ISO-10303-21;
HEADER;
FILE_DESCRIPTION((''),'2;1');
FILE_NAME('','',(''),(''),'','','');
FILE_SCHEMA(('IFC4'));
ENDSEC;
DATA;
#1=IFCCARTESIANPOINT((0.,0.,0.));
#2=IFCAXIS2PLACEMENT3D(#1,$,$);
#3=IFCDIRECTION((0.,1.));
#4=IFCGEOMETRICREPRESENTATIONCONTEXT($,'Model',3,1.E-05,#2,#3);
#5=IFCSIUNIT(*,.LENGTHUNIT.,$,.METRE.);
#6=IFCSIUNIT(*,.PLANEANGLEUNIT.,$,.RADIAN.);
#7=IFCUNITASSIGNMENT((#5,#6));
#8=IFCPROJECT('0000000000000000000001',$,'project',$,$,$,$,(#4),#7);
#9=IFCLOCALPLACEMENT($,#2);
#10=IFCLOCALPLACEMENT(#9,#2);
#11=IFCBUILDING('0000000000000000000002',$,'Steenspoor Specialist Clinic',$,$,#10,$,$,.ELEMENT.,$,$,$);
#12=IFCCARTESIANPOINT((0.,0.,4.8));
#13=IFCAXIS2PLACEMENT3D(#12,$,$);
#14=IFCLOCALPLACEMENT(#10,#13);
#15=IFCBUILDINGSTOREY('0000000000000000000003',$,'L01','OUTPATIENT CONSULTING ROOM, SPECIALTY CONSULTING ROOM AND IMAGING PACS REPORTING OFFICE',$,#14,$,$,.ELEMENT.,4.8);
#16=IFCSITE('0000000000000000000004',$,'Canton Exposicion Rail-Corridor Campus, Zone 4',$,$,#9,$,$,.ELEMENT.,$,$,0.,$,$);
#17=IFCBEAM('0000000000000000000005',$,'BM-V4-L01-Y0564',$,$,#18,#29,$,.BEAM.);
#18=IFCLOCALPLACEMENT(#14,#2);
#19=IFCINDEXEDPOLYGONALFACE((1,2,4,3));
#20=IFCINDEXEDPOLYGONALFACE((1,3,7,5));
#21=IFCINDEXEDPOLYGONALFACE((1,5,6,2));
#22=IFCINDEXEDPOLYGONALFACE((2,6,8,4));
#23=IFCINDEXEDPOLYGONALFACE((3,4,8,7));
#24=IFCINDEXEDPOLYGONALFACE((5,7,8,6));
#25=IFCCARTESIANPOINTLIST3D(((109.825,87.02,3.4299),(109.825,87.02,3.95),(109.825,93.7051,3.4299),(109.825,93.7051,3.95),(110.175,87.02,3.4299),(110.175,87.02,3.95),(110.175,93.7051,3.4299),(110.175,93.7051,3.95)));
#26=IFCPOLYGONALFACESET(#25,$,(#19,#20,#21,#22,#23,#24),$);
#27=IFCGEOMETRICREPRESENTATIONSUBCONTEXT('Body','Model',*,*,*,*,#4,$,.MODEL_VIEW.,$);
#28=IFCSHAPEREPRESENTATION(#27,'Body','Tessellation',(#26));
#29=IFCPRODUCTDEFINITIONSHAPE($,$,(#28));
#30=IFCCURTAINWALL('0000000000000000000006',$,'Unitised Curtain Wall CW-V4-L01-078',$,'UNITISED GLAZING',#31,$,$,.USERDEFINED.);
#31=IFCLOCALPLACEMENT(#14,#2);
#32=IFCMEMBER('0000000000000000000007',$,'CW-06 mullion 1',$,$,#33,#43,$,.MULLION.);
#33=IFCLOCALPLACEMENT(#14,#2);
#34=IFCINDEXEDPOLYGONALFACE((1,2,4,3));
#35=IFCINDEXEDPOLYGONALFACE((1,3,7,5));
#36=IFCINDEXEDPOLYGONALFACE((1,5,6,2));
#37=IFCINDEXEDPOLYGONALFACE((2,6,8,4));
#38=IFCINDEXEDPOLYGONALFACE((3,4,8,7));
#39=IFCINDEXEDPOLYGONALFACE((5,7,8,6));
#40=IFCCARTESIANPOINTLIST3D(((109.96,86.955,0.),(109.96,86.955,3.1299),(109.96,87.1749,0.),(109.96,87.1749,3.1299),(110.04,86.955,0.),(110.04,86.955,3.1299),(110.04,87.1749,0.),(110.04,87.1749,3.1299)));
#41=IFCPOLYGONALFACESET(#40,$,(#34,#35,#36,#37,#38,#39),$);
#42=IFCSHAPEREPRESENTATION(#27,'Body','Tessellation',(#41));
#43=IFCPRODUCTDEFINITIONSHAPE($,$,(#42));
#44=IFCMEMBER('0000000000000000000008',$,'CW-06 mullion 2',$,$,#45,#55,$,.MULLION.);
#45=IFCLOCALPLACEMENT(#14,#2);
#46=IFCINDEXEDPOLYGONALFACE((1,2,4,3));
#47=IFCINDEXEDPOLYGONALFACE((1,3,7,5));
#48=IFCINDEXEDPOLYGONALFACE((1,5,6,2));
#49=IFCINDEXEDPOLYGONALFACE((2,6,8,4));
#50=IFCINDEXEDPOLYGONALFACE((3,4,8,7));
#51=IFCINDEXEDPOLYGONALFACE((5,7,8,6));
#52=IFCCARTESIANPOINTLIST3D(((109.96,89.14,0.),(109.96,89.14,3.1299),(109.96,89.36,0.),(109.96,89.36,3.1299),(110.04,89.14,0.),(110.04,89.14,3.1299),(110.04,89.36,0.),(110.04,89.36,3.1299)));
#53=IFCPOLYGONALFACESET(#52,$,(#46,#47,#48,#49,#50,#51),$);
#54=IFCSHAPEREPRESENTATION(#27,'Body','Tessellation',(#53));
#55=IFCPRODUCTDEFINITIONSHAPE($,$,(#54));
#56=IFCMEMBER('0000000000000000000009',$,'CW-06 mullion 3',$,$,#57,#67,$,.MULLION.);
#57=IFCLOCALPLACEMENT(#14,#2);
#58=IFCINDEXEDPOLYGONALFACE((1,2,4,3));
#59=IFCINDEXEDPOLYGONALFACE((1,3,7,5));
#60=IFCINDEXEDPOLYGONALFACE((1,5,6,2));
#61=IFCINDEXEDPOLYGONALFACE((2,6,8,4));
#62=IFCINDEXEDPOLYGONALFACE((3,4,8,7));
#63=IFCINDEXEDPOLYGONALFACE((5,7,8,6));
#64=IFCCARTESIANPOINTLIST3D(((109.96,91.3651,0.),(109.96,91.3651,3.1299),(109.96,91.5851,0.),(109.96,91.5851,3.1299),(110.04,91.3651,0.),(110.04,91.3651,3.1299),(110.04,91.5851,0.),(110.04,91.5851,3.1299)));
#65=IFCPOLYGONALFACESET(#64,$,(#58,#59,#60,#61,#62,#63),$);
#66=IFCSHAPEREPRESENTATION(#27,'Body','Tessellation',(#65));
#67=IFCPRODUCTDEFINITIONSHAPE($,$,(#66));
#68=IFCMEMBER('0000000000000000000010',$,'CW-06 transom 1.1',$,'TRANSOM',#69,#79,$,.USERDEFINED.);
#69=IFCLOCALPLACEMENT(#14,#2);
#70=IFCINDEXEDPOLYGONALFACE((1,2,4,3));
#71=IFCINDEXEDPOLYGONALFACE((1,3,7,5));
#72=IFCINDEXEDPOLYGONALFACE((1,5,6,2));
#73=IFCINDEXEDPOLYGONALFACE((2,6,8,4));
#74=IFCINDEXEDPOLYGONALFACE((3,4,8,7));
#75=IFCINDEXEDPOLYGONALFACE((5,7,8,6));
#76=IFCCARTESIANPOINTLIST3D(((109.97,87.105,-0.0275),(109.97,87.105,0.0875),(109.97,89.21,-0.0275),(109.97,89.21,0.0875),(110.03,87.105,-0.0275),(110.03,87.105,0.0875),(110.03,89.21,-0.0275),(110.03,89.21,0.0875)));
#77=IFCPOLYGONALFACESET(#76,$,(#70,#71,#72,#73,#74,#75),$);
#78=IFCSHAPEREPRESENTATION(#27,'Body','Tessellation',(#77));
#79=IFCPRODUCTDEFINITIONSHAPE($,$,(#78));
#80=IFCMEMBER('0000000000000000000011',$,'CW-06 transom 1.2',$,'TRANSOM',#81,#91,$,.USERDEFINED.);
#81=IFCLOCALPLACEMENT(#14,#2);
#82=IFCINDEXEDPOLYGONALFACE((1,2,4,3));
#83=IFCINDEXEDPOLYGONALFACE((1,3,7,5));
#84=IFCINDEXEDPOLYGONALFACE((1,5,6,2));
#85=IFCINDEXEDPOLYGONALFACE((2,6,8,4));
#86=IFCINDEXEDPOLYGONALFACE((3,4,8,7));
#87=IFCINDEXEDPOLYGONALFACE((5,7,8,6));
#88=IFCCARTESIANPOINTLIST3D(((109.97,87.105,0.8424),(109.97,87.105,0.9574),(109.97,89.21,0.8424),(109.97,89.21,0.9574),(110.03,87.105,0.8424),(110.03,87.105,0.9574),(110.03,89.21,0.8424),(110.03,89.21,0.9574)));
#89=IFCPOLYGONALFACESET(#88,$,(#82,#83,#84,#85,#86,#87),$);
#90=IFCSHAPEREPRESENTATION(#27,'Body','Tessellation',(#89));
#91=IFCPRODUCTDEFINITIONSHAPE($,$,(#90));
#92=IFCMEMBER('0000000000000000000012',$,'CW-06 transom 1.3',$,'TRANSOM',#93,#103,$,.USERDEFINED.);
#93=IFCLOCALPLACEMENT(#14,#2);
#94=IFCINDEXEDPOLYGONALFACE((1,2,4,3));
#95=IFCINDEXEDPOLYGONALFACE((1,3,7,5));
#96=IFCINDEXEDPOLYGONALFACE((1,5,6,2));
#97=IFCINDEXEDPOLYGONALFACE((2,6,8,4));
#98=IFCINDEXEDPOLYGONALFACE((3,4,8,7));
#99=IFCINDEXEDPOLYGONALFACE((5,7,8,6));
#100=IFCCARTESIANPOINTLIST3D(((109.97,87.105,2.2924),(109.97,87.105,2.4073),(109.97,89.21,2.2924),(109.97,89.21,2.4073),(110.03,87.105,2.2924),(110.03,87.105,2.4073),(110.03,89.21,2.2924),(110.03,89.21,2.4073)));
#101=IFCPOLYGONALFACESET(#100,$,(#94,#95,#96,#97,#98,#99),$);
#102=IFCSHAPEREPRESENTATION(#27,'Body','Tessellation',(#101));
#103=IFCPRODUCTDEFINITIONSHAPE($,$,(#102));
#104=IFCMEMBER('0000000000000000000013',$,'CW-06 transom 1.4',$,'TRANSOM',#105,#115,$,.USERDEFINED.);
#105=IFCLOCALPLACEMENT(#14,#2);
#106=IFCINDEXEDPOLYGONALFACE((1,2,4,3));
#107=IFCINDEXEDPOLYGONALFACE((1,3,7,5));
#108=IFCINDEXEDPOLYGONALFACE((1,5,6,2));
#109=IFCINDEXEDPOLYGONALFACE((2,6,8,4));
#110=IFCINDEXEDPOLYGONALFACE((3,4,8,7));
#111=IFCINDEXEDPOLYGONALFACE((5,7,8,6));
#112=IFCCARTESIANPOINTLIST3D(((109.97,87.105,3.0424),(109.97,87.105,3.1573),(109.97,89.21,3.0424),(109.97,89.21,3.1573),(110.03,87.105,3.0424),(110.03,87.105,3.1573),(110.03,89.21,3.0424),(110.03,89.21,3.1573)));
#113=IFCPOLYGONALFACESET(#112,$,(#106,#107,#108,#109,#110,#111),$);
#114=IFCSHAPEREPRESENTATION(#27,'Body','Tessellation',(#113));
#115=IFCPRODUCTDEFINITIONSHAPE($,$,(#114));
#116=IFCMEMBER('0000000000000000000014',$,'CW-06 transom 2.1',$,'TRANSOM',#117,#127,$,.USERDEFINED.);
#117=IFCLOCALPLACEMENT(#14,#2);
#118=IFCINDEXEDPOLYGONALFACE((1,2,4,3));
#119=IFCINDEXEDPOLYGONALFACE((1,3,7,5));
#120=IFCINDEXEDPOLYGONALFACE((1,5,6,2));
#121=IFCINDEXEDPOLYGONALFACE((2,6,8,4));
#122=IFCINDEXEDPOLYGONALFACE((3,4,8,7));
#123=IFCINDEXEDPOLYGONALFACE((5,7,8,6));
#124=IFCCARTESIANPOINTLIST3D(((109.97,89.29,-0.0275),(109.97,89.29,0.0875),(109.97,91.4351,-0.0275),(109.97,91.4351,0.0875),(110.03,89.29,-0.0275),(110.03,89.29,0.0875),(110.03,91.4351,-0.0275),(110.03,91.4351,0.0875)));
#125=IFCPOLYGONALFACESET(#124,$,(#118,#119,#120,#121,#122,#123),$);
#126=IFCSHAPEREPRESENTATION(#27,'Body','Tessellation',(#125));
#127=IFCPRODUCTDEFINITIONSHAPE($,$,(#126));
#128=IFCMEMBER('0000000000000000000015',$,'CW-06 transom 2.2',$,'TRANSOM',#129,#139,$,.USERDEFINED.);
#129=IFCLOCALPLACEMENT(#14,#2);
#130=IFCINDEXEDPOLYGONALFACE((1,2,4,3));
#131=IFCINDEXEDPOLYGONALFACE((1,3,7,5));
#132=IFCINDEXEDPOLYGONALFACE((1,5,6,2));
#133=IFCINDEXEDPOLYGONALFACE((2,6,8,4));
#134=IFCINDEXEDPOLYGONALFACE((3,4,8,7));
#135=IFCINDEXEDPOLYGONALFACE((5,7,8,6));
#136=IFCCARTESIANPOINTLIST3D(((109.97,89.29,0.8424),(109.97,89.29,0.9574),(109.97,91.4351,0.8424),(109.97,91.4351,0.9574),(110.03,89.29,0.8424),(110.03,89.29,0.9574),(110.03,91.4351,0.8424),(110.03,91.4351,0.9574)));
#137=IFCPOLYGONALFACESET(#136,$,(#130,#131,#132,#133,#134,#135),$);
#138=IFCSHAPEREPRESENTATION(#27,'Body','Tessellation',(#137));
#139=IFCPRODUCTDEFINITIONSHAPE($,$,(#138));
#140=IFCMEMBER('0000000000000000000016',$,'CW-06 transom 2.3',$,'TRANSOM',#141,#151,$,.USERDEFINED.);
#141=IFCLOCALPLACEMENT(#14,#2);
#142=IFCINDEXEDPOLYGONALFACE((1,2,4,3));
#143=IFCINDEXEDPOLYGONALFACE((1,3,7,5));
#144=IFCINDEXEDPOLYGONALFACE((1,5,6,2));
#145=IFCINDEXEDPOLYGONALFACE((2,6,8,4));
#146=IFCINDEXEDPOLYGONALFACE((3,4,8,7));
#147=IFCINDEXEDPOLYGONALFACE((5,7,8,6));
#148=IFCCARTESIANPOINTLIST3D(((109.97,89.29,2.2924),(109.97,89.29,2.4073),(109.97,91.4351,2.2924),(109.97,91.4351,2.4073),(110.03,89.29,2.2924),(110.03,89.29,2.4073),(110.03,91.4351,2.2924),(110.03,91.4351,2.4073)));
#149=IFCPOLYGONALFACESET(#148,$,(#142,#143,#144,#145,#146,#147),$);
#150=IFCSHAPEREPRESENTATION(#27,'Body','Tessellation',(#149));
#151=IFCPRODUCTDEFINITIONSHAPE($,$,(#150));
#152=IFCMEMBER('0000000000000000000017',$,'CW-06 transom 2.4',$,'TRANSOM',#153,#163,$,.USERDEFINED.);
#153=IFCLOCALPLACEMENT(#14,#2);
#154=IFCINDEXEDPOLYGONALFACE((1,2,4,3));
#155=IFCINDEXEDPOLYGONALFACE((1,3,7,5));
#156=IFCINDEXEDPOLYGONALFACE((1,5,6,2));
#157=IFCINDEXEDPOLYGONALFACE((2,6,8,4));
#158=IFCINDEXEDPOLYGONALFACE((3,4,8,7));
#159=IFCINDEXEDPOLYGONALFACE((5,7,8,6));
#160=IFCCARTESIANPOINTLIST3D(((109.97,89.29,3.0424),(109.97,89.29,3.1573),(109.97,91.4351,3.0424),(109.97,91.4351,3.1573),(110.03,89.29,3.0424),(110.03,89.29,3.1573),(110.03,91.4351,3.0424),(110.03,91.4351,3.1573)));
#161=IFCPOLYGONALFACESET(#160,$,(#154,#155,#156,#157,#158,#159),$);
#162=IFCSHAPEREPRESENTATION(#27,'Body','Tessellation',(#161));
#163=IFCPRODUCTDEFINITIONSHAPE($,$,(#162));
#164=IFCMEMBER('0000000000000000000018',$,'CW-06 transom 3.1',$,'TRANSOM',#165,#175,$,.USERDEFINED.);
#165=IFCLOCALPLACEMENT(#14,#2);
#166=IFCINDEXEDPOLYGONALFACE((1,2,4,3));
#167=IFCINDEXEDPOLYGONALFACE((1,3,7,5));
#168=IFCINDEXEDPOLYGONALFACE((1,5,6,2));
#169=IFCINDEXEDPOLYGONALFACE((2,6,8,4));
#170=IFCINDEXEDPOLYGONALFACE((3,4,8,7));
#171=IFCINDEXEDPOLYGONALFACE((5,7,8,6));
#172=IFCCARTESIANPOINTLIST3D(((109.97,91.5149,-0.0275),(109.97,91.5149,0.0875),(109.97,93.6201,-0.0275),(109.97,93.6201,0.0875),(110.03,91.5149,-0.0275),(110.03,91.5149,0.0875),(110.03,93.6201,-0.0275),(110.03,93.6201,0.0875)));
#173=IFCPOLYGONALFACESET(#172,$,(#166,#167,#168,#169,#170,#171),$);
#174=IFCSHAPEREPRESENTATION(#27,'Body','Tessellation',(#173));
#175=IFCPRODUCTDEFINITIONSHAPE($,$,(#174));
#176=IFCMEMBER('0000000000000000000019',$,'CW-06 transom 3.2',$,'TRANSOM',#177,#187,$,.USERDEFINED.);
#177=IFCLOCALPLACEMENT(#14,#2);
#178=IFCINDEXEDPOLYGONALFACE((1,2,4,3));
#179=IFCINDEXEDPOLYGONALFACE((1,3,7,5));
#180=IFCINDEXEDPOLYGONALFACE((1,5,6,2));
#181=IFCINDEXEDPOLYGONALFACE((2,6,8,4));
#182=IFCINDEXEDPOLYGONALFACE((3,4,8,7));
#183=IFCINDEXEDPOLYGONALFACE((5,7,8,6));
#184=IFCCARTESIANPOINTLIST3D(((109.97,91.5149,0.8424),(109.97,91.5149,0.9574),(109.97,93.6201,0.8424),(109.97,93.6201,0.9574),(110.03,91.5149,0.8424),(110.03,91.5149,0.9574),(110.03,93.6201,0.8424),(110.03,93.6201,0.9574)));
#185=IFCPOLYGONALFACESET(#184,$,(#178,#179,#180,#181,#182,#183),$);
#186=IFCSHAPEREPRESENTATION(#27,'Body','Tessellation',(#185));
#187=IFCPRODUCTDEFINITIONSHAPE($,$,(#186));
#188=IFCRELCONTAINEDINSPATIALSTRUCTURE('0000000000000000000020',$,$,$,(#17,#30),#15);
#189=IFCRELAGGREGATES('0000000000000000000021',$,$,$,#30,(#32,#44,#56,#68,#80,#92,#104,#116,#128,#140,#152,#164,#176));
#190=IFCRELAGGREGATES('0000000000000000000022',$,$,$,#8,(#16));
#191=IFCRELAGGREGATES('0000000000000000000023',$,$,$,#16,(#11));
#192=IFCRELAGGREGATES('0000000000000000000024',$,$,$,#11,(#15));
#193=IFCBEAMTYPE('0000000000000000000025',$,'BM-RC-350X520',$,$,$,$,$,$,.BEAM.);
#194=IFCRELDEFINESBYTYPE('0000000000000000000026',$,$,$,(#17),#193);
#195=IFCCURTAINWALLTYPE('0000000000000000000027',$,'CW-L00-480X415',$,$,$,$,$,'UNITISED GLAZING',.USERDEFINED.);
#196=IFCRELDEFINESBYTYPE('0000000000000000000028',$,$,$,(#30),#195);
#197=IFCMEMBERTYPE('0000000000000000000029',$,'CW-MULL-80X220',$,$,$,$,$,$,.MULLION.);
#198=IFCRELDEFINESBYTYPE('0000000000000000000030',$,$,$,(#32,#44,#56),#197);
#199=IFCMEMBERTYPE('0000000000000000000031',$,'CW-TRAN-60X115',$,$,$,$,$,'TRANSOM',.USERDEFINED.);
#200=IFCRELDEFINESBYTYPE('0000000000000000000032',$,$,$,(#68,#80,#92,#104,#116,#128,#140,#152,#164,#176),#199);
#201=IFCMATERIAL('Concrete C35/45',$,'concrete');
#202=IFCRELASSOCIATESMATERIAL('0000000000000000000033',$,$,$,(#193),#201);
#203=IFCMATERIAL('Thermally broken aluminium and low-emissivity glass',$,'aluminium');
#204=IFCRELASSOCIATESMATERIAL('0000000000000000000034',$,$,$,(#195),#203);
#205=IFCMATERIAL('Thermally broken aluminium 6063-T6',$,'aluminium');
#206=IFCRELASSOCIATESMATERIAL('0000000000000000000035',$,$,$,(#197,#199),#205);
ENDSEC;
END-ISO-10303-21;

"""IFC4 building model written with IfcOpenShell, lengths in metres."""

from ifc_helpers import new_model, si_unit, direction, frame, origin, origin_2d, place, context, subcontext, project, spatial, rectangle, extrude, material, material_profile, profile_set, type_object, element, aggregate, save


model = new_model("IFC4")

# Units and contexts
model_context = context("Model", 3, precision=1e-05, world=origin(), true_north=direction((0.0, 1.0)))
body_context = subcontext(model_context, "Body", "Model", "MODEL_VIEW")
ifc_project = project(units=[si_unit("LENGTHUNIT", "METRE"), si_unit("PLANEANGLEUNIT", "RADIAN")], contexts=[model_context])

# Site, building, storey
site_placement = place(None, origin())
site = spatial("IfcSite", under=ifc_project, at=site_placement, Name="Canton Exposicion Rail-Corridor Campus, Zone 4", CompositionType="ELEMENT", RefElevation=0.0)
building_placement = place(site_placement, origin())
building = spatial("IfcBuilding", under=site, at=building_placement, Name="Steenspoor Specialist Clinic", CompositionType="ELEMENT")
storey_placement = place(building_placement, frame((0.0, 0.0, 4.8)))
storey = spatial("IfcBuildingStorey", under=building, at=storey_placement, Name="L01", Description="OUTPATIENT CONSULTING ROOM, SPECIALTY CONSULTING ROOM AND IMAGING PACS REPORTING OFFICE", CompositionType="ELEMENT", Elevation=4.8)

# Beam
ifc_material_1 = material(Name="Concrete C35/45", Category="concrete")
ifc_material_profile_1 = material_profile(ifc_material_1, rectangle(XDim=0.3501, YDim=0.52, at=origin_2d()), Name="RC-BM-350X520")
ifc_profile_set_1 = profile_set([ifc_material_profile_1], Name="Concrete C35/45")
beam_type_1 = type_object("IfcBeamType", Name="BM-RC-350X520", PredefinedType="BEAM", material=ifc_profile_set_1)
beam_1_placement = place(storey_placement, frame((110.0, 87.02, 3.6899), z_axis=(0.0, 1.0, 0.0), x_axis=(-1.0, 0.0, 0.0)))
element("IfcBeam", 1, at=beam_1_placement, inside=storey, type_object=beam_type_1, Name="BM-V4-L01-Y0564", PredefinedType="BEAM", context=body_context, shape_type="SweptSolid", body=[
    extrude(rectangle(XDim=0.3501, YDim=0.52, at=origin_2d()), origin(), (0.0, 0.0, 1.0), 6.6851),
])

# Curtain wall, members
ifc_material_2 = material(Name="Thermally broken aluminium and low-emissivity glass", Category="aluminium")
curtain_wall_type = type_object("IfcCurtainWallType", Name="CW-L00-480X415", ElementType="UNITISED GLAZING", PredefinedType="USERDEFINED", material=ifc_material_2)
curtain_wall_placement = place(storey_placement, origin())
curtain_wall = element("IfcCurtainWall", 2, at=curtain_wall_placement, inside=storey, type_object=curtain_wall_type, Name="Unitised Curtain Wall CW-V4-L01-078", ObjectType="UNITISED GLAZING", PredefinedType="USERDEFINED")
ifc_material_3 = material(Name="Thermally broken aluminium 6063-T6", Category="aluminium")
ifc_material_profile_2 = material_profile(ifc_material_3, rectangle(XDim=0.0801, YDim=0.22, at=origin_2d()), Name="CWM-80X220")
ifc_profile_set_2 = profile_set([ifc_material_profile_2], Name="Thermally broken aluminium 6063-T6")
member_type_1 = type_object("IfcMemberType", Name="CW-MULL-80X220", PredefinedType="MULLION", material=ifc_profile_set_2)
member_1_placement = place(storey_placement, frame((110.0, 87.0649, 0.0), z_axis=(0.0, 0.0, 1.0), x_axis=(-1.0, 0.0, 0.0)))
member_1 = element("IfcMember", 3, at=member_1_placement, type_object=member_type_1, Name="CW-06 mullion 1", PredefinedType="MULLION", context=body_context, shape_type="SweptSolid", body=[
    extrude(rectangle(XDim=0.0801, YDim=0.22, at=origin_2d()), origin(), (0.0, 0.0, 1.0), 3.1299),
])
member_2_placement = place(storey_placement, frame((110.0, 89.25, 0.0), z_axis=(0.0, 0.0, 1.0), x_axis=(-1.0, 0.0, 0.0)))
member_2 = element("IfcMember", 4, at=member_2_placement, type_object=member_type_1, Name="CW-06 mullion 2", PredefinedType="MULLION", context=body_context, shape_type="SweptSolid", body=[
    extrude(rectangle(XDim=0.0801, YDim=0.22, at=origin_2d()), origin(), (0.0, 0.0, 1.0), 3.1299),
])
member_3_placement = place(storey_placement, frame((110.0, 91.4751, 0.0), z_axis=(0.0, 0.0, 1.0), x_axis=(-1.0, 0.0, 0.0)))
member_3 = element("IfcMember", 5, at=member_3_placement, type_object=member_type_1, Name="CW-06 mullion 3", PredefinedType="MULLION", context=body_context, shape_type="SweptSolid", body=[
    extrude(rectangle(XDim=0.0801, YDim=0.22, at=origin_2d()), origin(), (0.0, 0.0, 1.0), 3.1299),
])
ifc_material_profile_3 = material_profile(ifc_material_3, rectangle(XDim=0.0601, YDim=0.115, at=origin_2d()), Name="CWT-60X115")
ifc_profile_set_3 = profile_set([ifc_material_profile_3], Name="Thermally broken aluminium 6063-T6")
member_type_2 = type_object("IfcMemberType", Name="CW-TRAN-60X115", ElementType="TRANSOM", PredefinedType="USERDEFINED", material=ifc_profile_set_3)
member_4_placement = place(storey_placement, frame((110.0, 87.105, 0.03), z_axis=(0.0, 1.0, 0.0), x_axis=(-1.0, 0.0, 0.0)))
member_4 = element("IfcMember", 6, at=member_4_placement, type_object=member_type_2, Name="CW-06 transom 1.1", ObjectType="TRANSOM", PredefinedType="USERDEFINED", context=body_context, shape_type="SweptSolid", body=[
    extrude(rectangle(XDim=0.0601, YDim=0.115, at=origin_2d()), origin(), (0.0, 0.0, 1.0), 2.105),
])
member_5_placement = place(storey_placement, frame((110.0, 87.105, 0.8999), z_axis=(0.0, 1.0, 0.0), x_axis=(-1.0, 0.0, 0.0)))
member_5 = element("IfcMember", 7, at=member_5_placement, type_object=member_type_2, Name="CW-06 transom 1.2", ObjectType="TRANSOM", PredefinedType="USERDEFINED", context=body_context, shape_type="SweptSolid", body=[
    extrude(rectangle(XDim=0.0601, YDim=0.115, at=origin_2d()), origin(), (0.0, 0.0, 1.0), 2.105),
])
member_6_placement = place(storey_placement, frame((110.0, 87.105, 2.3499), z_axis=(0.0, 1.0, 0.0), x_axis=(-1.0, 0.0, 0.0)))
member_6 = element("IfcMember", 8, at=member_6_placement, type_object=member_type_2, Name="CW-06 transom 1.3", ObjectType="TRANSOM", PredefinedType="USERDEFINED", context=body_context, shape_type="SweptSolid", body=[
    extrude(rectangle(XDim=0.0601, YDim=0.115, at=origin_2d()), origin(), (0.0, 0.0, 1.0), 2.105),
])
member_7_placement = place(storey_placement, frame((110.0, 87.105, 3.0999), z_axis=(0.0, 1.0, 0.0), x_axis=(-1.0, 0.0, 0.0)))
member_7 = element("IfcMember", 9, at=member_7_placement, type_object=member_type_2, Name="CW-06 transom 1.4", ObjectType="TRANSOM", PredefinedType="USERDEFINED", context=body_context, shape_type="SweptSolid", body=[
    extrude(rectangle(XDim=0.0601, YDim=0.115, at=origin_2d()), origin(), (0.0, 0.0, 1.0), 2.105),
])
member_8_placement = place(storey_placement, frame((110.0, 89.29, 0.03), z_axis=(0.0, 1.0, 0.0), x_axis=(-1.0, 0.0, 0.0)))
member_8 = element("IfcMember", 10, at=member_8_placement, type_object=member_type_2, Name="CW-06 transom 2.1", ObjectType="TRANSOM", PredefinedType="USERDEFINED", context=body_context, shape_type="SweptSolid", body=[
    extrude(rectangle(XDim=0.0601, YDim=0.115, at=origin_2d()), origin(), (0.0, 0.0, 1.0), 2.145),
])
member_9_placement = place(storey_placement, frame((110.0, 89.29, 0.8999), z_axis=(0.0, 1.0, 0.0), x_axis=(-1.0, 0.0, 0.0)))
member_9 = element("IfcMember", 11, at=member_9_placement, type_object=member_type_2, Name="CW-06 transom 2.2", ObjectType="TRANSOM", PredefinedType="USERDEFINED", context=body_context, shape_type="SweptSolid", body=[
    extrude(rectangle(XDim=0.0601, YDim=0.115, at=origin_2d()), origin(), (0.0, 0.0, 1.0), 2.145),
])
member_10_placement = place(storey_placement, frame((110.0, 89.29, 2.3499), z_axis=(0.0, 1.0, 0.0), x_axis=(-1.0, 0.0, 0.0)))
member_10 = element("IfcMember", 12, at=member_10_placement, type_object=member_type_2, Name="CW-06 transom 2.3", ObjectType="TRANSOM", PredefinedType="USERDEFINED", context=body_context, shape_type="SweptSolid", body=[
    extrude(rectangle(XDim=0.0601, YDim=0.115, at=origin_2d()), origin(), (0.0, 0.0, 1.0), 2.145),
])
member_11_placement = place(storey_placement, frame((110.0, 89.29, 3.0999), z_axis=(0.0, 1.0, 0.0), x_axis=(-1.0, 0.0, 0.0)))
member_11 = element("IfcMember", 13, at=member_11_placement, type_object=member_type_2, Name="CW-06 transom 2.4", ObjectType="TRANSOM", PredefinedType="USERDEFINED", context=body_context, shape_type="SweptSolid", body=[
    extrude(rectangle(XDim=0.0601, YDim=0.115, at=origin_2d()), origin(), (0.0, 0.0, 1.0), 2.145),
])
member_12_placement = place(storey_placement, frame((110.0, 91.5149, 0.03), z_axis=(0.0, 1.0, 0.0), x_axis=(-1.0, 0.0, 0.0)))
member_12 = element("IfcMember", 14, at=member_12_placement, type_object=member_type_2, Name="CW-06 transom 3.1", ObjectType="TRANSOM", PredefinedType="USERDEFINED", context=body_context, shape_type="SweptSolid", body=[
    extrude(rectangle(XDim=0.0601, YDim=0.115, at=origin_2d()), origin(), (0.0, 0.0, 1.0), 2.1052),
])
member_13_placement = place(storey_placement, frame((110.0, 91.5149, 0.8999), z_axis=(0.0, 1.0, 0.0), x_axis=(-1.0, 0.0, 0.0)))
member_13 = element("IfcMember", 15, at=member_13_placement, type_object=member_type_2, Name="CW-06 transom 3.2", ObjectType="TRANSOM", PredefinedType="USERDEFINED", context=body_context, shape_type="SweptSolid", body=[
    extrude(rectangle(XDim=0.0601, YDim=0.115, at=origin_2d()), origin(), (0.0, 0.0, 1.0), 2.1052),
])

aggregate(curtain_wall, [member_1, member_2, member_3, member_4, member_5, member_6, member_7, member_8, member_9, member_10, member_11, member_12, member_13])

save(model, "model.ifc")
